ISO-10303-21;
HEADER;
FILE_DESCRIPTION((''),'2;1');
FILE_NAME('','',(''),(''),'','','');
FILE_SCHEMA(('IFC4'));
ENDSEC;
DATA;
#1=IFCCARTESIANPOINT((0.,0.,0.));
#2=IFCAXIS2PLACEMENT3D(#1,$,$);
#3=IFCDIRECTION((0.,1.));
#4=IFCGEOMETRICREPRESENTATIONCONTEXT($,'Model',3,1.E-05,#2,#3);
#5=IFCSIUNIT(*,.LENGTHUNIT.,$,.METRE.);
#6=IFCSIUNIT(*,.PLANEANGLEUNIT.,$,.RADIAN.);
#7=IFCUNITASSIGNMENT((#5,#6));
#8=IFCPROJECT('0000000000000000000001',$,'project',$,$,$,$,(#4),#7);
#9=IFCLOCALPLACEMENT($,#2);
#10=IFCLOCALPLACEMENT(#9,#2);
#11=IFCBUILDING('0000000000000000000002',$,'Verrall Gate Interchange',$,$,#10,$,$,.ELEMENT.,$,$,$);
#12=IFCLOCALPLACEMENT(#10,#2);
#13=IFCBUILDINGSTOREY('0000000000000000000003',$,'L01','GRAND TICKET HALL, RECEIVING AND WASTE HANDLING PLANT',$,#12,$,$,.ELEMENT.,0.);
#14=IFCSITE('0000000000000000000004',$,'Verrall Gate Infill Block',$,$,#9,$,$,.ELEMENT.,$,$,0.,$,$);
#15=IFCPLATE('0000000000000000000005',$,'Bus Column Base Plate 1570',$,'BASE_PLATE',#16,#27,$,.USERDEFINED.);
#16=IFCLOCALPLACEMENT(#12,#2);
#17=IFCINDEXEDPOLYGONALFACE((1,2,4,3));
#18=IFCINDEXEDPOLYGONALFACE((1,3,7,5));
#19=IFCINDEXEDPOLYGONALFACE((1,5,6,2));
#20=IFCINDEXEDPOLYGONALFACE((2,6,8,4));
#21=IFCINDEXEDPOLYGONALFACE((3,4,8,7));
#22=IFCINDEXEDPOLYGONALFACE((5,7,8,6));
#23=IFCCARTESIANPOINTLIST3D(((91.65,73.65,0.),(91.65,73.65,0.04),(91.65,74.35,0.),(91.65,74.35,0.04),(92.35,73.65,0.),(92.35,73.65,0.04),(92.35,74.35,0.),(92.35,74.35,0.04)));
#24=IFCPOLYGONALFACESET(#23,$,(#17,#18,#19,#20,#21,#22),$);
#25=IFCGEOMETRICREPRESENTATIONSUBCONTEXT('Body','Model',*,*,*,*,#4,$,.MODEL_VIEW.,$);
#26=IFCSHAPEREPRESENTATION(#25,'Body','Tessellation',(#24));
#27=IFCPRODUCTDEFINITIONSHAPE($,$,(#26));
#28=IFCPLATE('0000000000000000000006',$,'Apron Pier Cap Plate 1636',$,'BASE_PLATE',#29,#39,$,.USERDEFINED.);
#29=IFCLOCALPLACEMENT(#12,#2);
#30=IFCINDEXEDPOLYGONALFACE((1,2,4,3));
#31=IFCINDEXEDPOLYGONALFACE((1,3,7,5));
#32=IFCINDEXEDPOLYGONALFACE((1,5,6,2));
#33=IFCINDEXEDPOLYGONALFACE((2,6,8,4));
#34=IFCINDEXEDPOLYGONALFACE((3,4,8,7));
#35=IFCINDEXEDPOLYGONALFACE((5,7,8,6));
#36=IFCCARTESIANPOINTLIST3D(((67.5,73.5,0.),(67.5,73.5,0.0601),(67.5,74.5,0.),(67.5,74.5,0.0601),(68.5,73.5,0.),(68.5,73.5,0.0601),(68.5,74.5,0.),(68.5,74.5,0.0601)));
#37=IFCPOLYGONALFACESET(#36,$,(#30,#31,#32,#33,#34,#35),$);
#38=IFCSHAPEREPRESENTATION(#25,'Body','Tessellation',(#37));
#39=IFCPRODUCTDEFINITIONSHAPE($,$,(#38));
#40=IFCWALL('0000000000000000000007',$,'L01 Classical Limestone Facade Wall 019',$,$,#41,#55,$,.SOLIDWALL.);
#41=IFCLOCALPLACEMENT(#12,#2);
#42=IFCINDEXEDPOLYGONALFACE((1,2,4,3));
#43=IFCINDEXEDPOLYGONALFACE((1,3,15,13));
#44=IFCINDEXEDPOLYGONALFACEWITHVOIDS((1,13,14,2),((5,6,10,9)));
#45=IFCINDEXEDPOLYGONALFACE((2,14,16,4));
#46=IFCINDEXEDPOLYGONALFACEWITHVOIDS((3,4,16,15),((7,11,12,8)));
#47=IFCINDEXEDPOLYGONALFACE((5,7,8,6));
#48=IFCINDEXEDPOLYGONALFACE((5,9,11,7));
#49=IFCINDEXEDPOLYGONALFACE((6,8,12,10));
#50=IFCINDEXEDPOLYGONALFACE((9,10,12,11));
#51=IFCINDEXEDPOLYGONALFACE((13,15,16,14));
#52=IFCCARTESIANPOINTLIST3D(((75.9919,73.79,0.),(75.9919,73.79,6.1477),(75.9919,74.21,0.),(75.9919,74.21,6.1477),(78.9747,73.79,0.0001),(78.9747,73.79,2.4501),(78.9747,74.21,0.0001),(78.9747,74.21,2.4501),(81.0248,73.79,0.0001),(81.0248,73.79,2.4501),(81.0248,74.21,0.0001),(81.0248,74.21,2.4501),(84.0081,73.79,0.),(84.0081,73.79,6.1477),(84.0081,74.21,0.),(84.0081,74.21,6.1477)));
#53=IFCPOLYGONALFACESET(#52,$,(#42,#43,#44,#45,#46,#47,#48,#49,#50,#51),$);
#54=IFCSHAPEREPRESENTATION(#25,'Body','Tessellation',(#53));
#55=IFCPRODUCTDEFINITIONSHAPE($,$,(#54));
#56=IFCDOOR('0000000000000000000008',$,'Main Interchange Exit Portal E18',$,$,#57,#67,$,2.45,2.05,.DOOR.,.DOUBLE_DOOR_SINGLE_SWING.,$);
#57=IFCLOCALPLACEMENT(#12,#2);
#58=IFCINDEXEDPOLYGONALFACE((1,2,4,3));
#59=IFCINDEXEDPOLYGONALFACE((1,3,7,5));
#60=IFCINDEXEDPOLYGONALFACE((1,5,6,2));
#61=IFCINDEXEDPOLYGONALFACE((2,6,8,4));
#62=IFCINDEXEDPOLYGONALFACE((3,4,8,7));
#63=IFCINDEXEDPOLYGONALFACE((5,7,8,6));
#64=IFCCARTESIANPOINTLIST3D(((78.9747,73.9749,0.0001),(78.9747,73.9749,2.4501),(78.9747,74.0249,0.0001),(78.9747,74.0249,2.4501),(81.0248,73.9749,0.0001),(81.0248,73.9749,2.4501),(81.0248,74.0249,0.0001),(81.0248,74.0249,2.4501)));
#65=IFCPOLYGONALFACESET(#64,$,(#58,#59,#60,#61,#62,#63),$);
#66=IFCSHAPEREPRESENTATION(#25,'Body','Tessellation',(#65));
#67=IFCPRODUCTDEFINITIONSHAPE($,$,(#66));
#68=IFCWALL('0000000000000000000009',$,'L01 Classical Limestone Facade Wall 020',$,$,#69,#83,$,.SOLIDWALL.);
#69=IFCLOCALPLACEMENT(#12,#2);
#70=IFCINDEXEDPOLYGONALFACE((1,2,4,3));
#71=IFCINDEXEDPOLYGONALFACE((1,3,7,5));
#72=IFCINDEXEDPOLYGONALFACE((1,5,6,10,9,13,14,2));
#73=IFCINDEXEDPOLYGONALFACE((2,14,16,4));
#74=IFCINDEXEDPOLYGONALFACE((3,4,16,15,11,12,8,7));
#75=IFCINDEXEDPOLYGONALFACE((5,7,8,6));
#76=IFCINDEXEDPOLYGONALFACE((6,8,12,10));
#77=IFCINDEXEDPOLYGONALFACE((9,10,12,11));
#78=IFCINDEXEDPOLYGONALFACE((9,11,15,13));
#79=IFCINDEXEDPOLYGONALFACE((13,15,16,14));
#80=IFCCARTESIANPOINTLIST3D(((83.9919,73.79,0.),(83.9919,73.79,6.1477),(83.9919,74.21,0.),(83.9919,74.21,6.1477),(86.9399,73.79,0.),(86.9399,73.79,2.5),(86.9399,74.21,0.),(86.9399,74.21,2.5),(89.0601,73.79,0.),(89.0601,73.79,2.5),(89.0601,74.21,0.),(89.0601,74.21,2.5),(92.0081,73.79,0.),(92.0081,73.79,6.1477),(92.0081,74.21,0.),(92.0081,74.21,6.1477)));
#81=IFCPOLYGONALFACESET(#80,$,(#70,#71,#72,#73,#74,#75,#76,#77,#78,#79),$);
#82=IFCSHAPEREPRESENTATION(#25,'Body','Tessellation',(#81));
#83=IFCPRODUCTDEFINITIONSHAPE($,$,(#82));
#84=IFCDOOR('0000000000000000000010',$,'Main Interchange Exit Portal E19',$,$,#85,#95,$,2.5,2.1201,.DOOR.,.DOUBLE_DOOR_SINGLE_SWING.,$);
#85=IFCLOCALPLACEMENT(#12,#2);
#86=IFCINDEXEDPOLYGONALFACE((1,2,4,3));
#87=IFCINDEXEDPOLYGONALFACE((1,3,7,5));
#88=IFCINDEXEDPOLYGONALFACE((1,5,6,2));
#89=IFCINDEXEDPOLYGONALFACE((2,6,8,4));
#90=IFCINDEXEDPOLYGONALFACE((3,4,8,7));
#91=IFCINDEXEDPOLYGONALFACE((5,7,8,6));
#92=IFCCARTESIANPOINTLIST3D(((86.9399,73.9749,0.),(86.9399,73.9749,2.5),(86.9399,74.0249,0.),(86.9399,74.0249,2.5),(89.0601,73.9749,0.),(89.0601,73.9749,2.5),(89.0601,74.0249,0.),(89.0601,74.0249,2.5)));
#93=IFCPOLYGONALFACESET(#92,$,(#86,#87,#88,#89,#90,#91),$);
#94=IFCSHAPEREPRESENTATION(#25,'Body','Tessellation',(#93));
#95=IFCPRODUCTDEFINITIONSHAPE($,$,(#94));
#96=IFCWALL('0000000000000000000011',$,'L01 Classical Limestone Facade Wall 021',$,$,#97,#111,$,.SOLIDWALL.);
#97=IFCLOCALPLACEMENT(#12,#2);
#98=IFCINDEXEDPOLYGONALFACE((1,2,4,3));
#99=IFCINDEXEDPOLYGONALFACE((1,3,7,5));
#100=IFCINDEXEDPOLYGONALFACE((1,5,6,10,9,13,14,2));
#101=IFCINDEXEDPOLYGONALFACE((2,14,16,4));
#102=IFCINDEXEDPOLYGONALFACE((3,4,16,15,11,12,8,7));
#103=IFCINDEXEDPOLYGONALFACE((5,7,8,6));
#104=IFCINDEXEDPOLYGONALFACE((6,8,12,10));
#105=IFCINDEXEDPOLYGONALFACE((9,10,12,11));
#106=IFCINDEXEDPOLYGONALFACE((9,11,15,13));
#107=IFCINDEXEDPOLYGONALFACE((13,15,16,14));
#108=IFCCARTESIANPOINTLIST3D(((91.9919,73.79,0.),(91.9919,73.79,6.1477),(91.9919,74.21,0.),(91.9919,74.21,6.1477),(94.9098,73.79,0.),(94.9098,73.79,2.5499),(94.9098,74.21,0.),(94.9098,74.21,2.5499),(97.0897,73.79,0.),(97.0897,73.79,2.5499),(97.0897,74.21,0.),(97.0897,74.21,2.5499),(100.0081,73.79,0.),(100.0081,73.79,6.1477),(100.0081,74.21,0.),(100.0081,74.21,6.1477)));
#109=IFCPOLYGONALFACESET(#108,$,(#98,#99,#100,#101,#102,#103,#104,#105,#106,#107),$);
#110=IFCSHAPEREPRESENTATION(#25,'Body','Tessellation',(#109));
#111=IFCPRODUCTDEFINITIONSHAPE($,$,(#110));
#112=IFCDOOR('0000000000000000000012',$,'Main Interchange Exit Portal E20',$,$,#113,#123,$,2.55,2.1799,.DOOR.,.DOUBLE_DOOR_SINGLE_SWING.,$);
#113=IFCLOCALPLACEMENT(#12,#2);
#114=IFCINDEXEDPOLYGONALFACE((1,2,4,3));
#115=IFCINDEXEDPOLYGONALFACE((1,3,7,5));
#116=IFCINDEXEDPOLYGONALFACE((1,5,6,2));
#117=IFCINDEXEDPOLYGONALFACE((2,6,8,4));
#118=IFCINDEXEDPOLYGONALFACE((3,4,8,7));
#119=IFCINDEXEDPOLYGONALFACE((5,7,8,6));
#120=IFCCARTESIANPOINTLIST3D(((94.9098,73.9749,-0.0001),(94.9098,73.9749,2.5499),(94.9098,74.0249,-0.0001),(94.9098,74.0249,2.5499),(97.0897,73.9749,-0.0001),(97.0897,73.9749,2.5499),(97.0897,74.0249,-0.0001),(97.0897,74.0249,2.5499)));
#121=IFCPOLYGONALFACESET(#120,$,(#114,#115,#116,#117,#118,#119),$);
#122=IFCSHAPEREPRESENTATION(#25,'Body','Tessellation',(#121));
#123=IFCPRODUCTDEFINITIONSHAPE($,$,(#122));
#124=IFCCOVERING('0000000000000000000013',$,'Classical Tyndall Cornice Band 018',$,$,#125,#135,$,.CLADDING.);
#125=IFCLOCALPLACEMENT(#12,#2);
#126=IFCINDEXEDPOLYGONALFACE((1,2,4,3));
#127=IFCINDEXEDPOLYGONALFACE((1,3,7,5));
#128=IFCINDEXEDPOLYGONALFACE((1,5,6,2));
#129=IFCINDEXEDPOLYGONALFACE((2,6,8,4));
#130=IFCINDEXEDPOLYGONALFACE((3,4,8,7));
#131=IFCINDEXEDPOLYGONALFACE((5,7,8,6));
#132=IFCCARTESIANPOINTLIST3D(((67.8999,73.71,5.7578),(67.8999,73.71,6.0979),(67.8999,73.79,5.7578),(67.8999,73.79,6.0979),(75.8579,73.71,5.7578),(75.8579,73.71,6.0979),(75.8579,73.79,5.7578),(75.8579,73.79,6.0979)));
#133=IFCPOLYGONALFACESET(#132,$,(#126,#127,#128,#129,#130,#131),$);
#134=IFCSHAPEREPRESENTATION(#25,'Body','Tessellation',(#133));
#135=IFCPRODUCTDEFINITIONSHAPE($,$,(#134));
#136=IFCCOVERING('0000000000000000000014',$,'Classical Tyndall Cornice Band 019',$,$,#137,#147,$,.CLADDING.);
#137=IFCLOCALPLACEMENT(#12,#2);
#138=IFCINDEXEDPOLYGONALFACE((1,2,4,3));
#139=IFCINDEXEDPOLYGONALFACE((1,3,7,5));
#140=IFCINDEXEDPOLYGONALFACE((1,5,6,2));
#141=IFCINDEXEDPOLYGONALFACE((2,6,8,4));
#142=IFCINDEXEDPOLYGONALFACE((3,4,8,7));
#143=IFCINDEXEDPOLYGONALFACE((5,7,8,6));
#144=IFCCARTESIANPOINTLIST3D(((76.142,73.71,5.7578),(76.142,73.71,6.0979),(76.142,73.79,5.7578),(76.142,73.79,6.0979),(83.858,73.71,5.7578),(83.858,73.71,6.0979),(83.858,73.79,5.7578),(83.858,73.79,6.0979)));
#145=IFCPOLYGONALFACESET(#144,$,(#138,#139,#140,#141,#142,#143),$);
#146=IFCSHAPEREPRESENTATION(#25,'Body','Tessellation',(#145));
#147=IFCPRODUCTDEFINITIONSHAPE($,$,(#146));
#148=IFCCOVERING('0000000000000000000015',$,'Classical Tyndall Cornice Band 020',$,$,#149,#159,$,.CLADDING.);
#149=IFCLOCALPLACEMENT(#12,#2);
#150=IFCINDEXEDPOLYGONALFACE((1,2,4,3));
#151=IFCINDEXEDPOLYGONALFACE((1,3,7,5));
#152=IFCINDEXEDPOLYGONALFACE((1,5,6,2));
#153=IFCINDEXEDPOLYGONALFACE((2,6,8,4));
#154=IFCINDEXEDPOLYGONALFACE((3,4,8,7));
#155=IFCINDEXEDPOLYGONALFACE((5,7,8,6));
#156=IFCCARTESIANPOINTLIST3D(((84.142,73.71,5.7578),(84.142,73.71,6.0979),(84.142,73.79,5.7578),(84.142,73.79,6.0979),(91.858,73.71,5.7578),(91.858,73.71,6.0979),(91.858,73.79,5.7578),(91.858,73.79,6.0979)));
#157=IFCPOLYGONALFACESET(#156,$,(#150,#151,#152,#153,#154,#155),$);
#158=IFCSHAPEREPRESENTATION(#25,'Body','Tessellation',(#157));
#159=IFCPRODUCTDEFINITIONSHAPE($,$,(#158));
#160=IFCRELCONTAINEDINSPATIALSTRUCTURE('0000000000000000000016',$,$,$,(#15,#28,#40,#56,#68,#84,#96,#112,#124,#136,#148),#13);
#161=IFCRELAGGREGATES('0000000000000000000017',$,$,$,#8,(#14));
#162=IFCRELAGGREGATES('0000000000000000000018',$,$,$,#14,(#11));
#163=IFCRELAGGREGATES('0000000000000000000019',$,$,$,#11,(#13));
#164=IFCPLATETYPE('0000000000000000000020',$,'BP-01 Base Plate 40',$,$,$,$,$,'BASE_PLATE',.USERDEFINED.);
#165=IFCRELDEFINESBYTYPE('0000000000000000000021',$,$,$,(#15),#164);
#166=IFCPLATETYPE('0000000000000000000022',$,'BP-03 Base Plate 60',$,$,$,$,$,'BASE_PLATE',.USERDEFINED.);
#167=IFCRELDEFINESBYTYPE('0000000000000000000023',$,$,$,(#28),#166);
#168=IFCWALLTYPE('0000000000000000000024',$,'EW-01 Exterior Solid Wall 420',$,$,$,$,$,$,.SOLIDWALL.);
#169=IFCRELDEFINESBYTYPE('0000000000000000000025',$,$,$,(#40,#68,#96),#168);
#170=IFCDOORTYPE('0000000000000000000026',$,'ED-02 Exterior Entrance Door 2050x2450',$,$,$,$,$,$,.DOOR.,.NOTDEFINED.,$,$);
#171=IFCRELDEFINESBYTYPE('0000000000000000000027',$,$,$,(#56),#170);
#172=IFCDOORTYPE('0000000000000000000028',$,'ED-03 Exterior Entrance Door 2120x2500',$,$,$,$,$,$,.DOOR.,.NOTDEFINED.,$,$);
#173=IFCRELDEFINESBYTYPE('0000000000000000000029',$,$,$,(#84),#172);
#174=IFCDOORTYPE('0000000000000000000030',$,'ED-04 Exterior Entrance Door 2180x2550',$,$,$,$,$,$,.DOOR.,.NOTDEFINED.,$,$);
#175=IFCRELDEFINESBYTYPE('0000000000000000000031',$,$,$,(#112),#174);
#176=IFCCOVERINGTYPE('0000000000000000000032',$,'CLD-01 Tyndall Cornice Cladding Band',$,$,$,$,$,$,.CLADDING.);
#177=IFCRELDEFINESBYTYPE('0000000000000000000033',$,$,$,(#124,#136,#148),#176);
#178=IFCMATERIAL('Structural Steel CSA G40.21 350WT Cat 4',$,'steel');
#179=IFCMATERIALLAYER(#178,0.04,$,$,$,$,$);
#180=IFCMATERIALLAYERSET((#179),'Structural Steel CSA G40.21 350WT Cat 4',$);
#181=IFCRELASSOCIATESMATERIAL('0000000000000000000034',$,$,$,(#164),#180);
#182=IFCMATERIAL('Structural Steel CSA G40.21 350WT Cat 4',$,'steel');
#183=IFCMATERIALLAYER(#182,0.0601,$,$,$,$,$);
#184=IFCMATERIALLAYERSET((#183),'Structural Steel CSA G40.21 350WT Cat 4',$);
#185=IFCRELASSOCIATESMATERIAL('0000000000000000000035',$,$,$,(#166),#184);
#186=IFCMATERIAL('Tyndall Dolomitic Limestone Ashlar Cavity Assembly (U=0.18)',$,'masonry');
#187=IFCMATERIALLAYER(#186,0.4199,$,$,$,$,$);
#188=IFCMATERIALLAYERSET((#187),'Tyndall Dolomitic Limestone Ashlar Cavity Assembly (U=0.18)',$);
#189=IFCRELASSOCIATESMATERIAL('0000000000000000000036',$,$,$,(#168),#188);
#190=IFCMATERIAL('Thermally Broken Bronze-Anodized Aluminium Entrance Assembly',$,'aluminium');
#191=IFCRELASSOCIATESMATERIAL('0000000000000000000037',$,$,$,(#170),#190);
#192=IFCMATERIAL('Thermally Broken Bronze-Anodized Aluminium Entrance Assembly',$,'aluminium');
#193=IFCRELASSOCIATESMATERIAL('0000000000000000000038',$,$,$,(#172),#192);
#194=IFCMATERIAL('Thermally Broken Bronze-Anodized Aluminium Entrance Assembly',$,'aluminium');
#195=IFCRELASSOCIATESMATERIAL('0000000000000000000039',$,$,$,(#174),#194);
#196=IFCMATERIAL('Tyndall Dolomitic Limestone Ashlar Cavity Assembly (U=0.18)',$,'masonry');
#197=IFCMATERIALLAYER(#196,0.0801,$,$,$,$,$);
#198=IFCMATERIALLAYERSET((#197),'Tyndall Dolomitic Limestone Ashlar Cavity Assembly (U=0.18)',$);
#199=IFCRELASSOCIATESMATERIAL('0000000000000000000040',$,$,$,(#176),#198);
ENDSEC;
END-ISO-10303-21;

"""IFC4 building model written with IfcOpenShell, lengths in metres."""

from ifc_helpers import new_model, si_unit, direction, frame, frame_2d, origin, origin_2d, place, context, subcontext, project, spatial, rectangle, extrude, material, layer, layer_set, type_object, element, fill, save


model = new_model("IFC4")

# Units and contexts
model_context = context("Model", 3, precision=1e-05, world=origin(), true_north=direction((0.0, 1.0)))
body_context = subcontext(model_context, "Body", "Model", "MODEL_VIEW")
ifc_project = project(units=[si_unit("LENGTHUNIT", "METRE"), si_unit("PLANEANGLEUNIT", "RADIAN")], contexts=[model_context])

# Site, building, storey
site_placement = place(None, origin())
site = spatial("IfcSite", under=ifc_project, at=site_placement, Name="Verrall Gate Infill Block", CompositionType="ELEMENT", RefElevation=0.0)
building_placement = place(site_placement, origin())
building = spatial("IfcBuilding", under=site, at=building_placement, Name="Verrall Gate Interchange", CompositionType="ELEMENT")
storey_placement = place(building_placement, origin())
storey = spatial("IfcBuildingStorey", under=building, at=storey_placement, Name="L01", Description="GRAND TICKET HALL, RECEIVING AND WASTE HANDLING PLANT", CompositionType="ELEMENT", Elevation=0.0)

# Plates
ifc_material_1 = material(Name="Structural Steel CSA G40.21 350WT Cat 4", Category="steel")
ifc_layer_1 = layer(ifc_material_1, 0.04)
ifc_layer_set_1 = layer_set([ifc_layer_1], Name="Structural Steel CSA G40.21 350WT Cat 4")
plate_type_1 = type_object("IfcPlateType", Name="BP-01 Base Plate 40", ElementType="BASE_PLATE", PredefinedType="USERDEFINED", material=ifc_layer_set_1)
for number, where, z_axis, x_axis, name in (
    (1, (92.0, 74.0, 0.0), (0.0, 0.0, 1.0), (1.0, 0.0, 0.0), "Bus Column Base Plate 1570"),
):
    element("IfcPlate", number, at=place(storey_placement, frame(where, z_axis=z_axis, x_axis=x_axis)), inside=storey, type_object=plate_type_1, Name=name, ObjectType="BASE_PLATE", PredefinedType="USERDEFINED", context=body_context, shape_type="SweptSolid", body=[
        extrude(rectangle(XDim=0.7, YDim=0.7, at=origin_2d()), origin(), (0.0, 0.0, 1.0), 0.04),
    ])
ifc_material_2 = material(Name="Structural Steel CSA G40.21 350WT Cat 4", Category="steel")
ifc_layer_2 = layer(ifc_material_2, 0.0601)
ifc_layer_set_2 = layer_set([ifc_layer_2], Name="Structural Steel CSA G40.21 350WT Cat 4")
plate_type_2 = type_object("IfcPlateType", Name="BP-03 Base Plate 60", ElementType="BASE_PLATE", PredefinedType="USERDEFINED", material=ifc_layer_set_2)
plate_placement = place(storey_placement, frame((68.0, 74.0, 0.0), z_axis=(0.0, 0.0, 1.0), x_axis=(1.0, 0.0, 0.0)))
element("IfcPlate", 2, at=plate_placement, inside=storey, type_object=plate_type_2, Name="Apron Pier Cap Plate 1636", ObjectType="BASE_PLATE", PredefinedType="USERDEFINED", context=body_context, shape_type="SweptSolid", body=[
    extrude(rectangle(XDim=1.0, YDim=1.0, at=origin_2d()), origin(), (0.0, 0.0, 1.0), 0.0601),
])

# Walls, openings, doors
ifc_material_3 = material(Name="Tyndall Dolomitic Limestone Ashlar Cavity Assembly (U=0.18)", Category="masonry")
ifc_layer_3 = layer(ifc_material_3, 0.4199)
ifc_layer_set_3 = layer_set([ifc_layer_3], Name="Tyndall Dolomitic Limestone Ashlar Cavity Assembly (U=0.18)")
wall_type = type_object("IfcWallType", Name="EW-01 Exterior Solid Wall 420", PredefinedType="SOLIDWALL", material=ifc_layer_set_3)
wall_1_placement = place(storey_placement, frame((75.9919, 74.0, 0.0), z_axis=(0.0, 0.0, 1.0), x_axis=(1.0, 0.0, 0.0)))
wall_1 = element("IfcWall", 3, at=wall_1_placement, inside=storey, type_object=wall_type, Name="L01 Classical Limestone Facade Wall 019", PredefinedType="SOLIDWALL", context=body_context, shape_type="SweptSolid", body=[
    extrude(rectangle(XDim=8.0161, YDim=0.4199, at=frame_2d((4.0081, 0.0))), origin(), (0.0, 0.0, 1.0), 6.1477),
])
opening_1_placement = place(wall_1_placement, frame((2.9829, 0.0, 0.0)))
opening_1 = element("IfcOpeningElement", 4, at=opening_1_placement, cuts=wall_1, PredefinedType="OPENING", context=body_context, shape_type="SweptSolid", body=[
    extrude(rectangle(XDim=2.05, YDim=2.45, at=frame_2d((1.0249, 1.2251))), frame((0.0, 0.2249, 0.0), z_axis=(0.0, -1.0, 0.0), x_axis=(1.0, 0.0, 0.0)), (0.0, 0.0, 1.0), 0.4497),
])
ifc_material_4 = material(Name="Thermally Broken Bronze-Anodized Aluminium Entrance Assembly", Category="aluminium")
door_type_1 = type_object("IfcDoorType", Name="ED-02 Exterior Entrance Door 2050x2450", OperationType="NOTDEFINED", PredefinedType="DOOR", material=ifc_material_4)
door_1_placement = place(opening_1_placement, origin())
door_1 = element("IfcDoor", 5, at=door_1_placement, inside=storey, type_object=door_type_1, Name="Main Interchange Exit Portal E18", OperationType="DOUBLE_DOOR_SINGLE_SWING", OverallHeight=2.45, OverallWidth=2.05, PredefinedType="DOOR", context=body_context, shape_type="SweptSolid", body=[
    extrude(rectangle(XDim=2.05, YDim=2.45, at=frame_2d((1.0249, 1.2251))), frame((0.0, 0.0249, 0.0), z_axis=(0.0, -1.0, 0.0), x_axis=(1.0, 0.0, 0.0)), (0.0, 0.0, 1.0), 0.05),
])
fill(opening_1, door_1)
wall_2_placement = place(storey_placement, frame((83.9919, 74.0, 0.0), z_axis=(0.0, 0.0, 1.0), x_axis=(1.0, 0.0, 0.0)))
wall_2 = element("IfcWall", 6, at=wall_2_placement, inside=storey, type_object=wall_type, Name="L01 Classical Limestone Facade Wall 020", PredefinedType="SOLIDWALL", context=body_context, shape_type="SweptSolid", body=[
    extrude(rectangle(XDim=8.0161, YDim=0.4199, at=frame_2d((4.0081, 0.0))), origin(), (0.0, 0.0, 1.0), 6.1477),
])
opening_2_placement = place(wall_2_placement, frame((2.948, 0.0, 0.0)))
opening_2 = element("IfcOpeningElement", 7, at=opening_2_placement, cuts=wall_2, PredefinedType="OPENING", context=body_context, shape_type="SweptSolid", body=[
    extrude(rectangle(XDim=2.1201, YDim=2.5, at=frame_2d((1.0601, 1.25))), frame((0.0, 0.2249, 0.0), z_axis=(0.0, -1.0, 0.0), x_axis=(1.0, 0.0, 0.0)), (0.0, 0.0, 1.0), 0.4497),
])
ifc_material_5 = material(Name="Thermally Broken Bronze-Anodized Aluminium Entrance Assembly", Category="aluminium")
door_type_2 = type_object("IfcDoorType", Name="ED-03 Exterior Entrance Door 2120x2500", OperationType="NOTDEFINED", PredefinedType="DOOR", material=ifc_material_5)
door_2_placement = place(opening_2_placement, origin())
door_2 = element("IfcDoor", 8, at=door_2_placement, inside=storey, type_object=door_type_2, Name="Main Interchange Exit Portal E19", OperationType="DOUBLE_DOOR_SINGLE_SWING", OverallHeight=2.5, OverallWidth=2.1201, PredefinedType="DOOR", context=body_context, shape_type="SweptSolid", body=[
    extrude(rectangle(XDim=2.1201, YDim=2.5, at=frame_2d((1.0601, 1.25))), frame((0.0, 0.0249, 0.0), z_axis=(0.0, -1.0, 0.0), x_axis=(1.0, 0.0, 0.0)), (0.0, 0.0, 1.0), 0.05),
])
fill(opening_2, door_2)
wall_3_placement = place(storey_placement, frame((91.9919, 74.0, 0.0), z_axis=(0.0, 0.0, 1.0), x_axis=(1.0, 0.0, 0.0)))
wall_3 = element("IfcWall", 9, at=wall_3_placement, inside=storey, type_object=wall_type, Name="L01 Classical Limestone Facade Wall 021", PredefinedType="SOLIDWALL", context=body_context, shape_type="SweptSolid", body=[
    extrude(rectangle(XDim=8.0161, YDim=0.4199, at=frame_2d((4.0081, 0.0))), origin(), (0.0, 0.0, 1.0), 6.1477),
])
opening_3_placement = place(wall_3_placement, frame((2.918, 0.0, 0.0)))
opening_3 = element("IfcOpeningElement", 10, at=opening_3_placement, cuts=wall_3, PredefinedType="OPENING", context=body_context, shape_type="SweptSolid", body=[
    extrude(rectangle(XDim=2.1799, YDim=2.55, at=frame_2d((1.0898, 1.2749))), frame((0.0, 0.2249, 0.0), z_axis=(0.0, -1.0, 0.0), x_axis=(1.0, 0.0, 0.0)), (0.0, 0.0, 1.0), 0.4497),
])
ifc_material_6 = material(Name="Thermally Broken Bronze-Anodized Aluminium Entrance Assembly", Category="aluminium")
door_type_3 = type_object("IfcDoorType", Name="ED-04 Exterior Entrance Door 2180x2550", OperationType="NOTDEFINED", PredefinedType="DOOR", material=ifc_material_6)
door_3_placement = place(opening_3_placement, origin())
door_3 = element("IfcDoor", 11, at=door_3_placement, inside=storey, type_object=door_type_3, Name="Main Interchange Exit Portal E20", OperationType="DOUBLE_DOOR_SINGLE_SWING", OverallHeight=2.55, OverallWidth=2.1799, PredefinedType="DOOR", context=body_context, shape_type="SweptSolid", body=[
    extrude(rectangle(XDim=2.1799, YDim=2.55, at=frame_2d((1.0898, 1.2749))), frame((0.0, 0.0249, 0.0), z_axis=(0.0, -1.0, 0.0), x_axis=(1.0, 0.0, 0.0)), (0.0, 0.0, 1.0), 0.05),
])
fill(opening_3, door_3)

# Coverings
ifc_material_7 = material(Name="Tyndall Dolomitic Limestone Ashlar Cavity Assembly (U=0.18)", Category="masonry")
ifc_layer_4 = layer(ifc_material_7, 0.0801)
ifc_layer_set_4 = layer_set([ifc_layer_4], Name="Tyndall Dolomitic Limestone Ashlar Cavity Assembly (U=0.18)")
covering_type = type_object("IfcCoveringType", Name="CLD-01 Tyndall Cornice Cladding Band", PredefinedType="CLADDING", material=ifc_layer_set_4)
covering_placement = place(storey_placement, frame((71.8789, 73.75, 5.7578), z_axis=(0.0, 0.0, 1.0), x_axis=(1.0, 0.0, 0.0)))
element("IfcCovering", 12, at=covering_placement, inside=storey, type_object=covering_type, Name="Classical Tyndall Cornice Band 018", PredefinedType="CLADDING", context=body_context, shape_type="SweptSolid", body=[
    extrude(rectangle(XDim=7.958, YDim=0.0801, at=origin_2d()), origin(), (0.0, 0.0, 1.0), 0.3401),
])
for number, where, z_axis, x_axis, name in (
    (13, (80.0, 73.75, 5.7578), (0.0, 0.0, 1.0), (1.0, 0.0, 0.0), "Classical Tyndall Cornice Band 019"),
    (14, (88.0, 73.75, 5.7578), (0.0, 0.0, 1.0), (1.0, 0.0, 0.0), "Classical Tyndall Cornice Band 020"),
):
    element("IfcCovering", number, at=place(storey_placement, frame(where, z_axis=z_axis, x_axis=x_axis)), inside=storey, type_object=covering_type, Name=name, PredefinedType="CLADDING", context=body_context, shape_type="SweptSolid", body=[
        extrude(rectangle(XDim=7.7161, YDim=0.0801, at=origin_2d()), origin(), (0.0, 0.0, 1.0), 0.3401),
    ])

save(model, "model.ifc")
